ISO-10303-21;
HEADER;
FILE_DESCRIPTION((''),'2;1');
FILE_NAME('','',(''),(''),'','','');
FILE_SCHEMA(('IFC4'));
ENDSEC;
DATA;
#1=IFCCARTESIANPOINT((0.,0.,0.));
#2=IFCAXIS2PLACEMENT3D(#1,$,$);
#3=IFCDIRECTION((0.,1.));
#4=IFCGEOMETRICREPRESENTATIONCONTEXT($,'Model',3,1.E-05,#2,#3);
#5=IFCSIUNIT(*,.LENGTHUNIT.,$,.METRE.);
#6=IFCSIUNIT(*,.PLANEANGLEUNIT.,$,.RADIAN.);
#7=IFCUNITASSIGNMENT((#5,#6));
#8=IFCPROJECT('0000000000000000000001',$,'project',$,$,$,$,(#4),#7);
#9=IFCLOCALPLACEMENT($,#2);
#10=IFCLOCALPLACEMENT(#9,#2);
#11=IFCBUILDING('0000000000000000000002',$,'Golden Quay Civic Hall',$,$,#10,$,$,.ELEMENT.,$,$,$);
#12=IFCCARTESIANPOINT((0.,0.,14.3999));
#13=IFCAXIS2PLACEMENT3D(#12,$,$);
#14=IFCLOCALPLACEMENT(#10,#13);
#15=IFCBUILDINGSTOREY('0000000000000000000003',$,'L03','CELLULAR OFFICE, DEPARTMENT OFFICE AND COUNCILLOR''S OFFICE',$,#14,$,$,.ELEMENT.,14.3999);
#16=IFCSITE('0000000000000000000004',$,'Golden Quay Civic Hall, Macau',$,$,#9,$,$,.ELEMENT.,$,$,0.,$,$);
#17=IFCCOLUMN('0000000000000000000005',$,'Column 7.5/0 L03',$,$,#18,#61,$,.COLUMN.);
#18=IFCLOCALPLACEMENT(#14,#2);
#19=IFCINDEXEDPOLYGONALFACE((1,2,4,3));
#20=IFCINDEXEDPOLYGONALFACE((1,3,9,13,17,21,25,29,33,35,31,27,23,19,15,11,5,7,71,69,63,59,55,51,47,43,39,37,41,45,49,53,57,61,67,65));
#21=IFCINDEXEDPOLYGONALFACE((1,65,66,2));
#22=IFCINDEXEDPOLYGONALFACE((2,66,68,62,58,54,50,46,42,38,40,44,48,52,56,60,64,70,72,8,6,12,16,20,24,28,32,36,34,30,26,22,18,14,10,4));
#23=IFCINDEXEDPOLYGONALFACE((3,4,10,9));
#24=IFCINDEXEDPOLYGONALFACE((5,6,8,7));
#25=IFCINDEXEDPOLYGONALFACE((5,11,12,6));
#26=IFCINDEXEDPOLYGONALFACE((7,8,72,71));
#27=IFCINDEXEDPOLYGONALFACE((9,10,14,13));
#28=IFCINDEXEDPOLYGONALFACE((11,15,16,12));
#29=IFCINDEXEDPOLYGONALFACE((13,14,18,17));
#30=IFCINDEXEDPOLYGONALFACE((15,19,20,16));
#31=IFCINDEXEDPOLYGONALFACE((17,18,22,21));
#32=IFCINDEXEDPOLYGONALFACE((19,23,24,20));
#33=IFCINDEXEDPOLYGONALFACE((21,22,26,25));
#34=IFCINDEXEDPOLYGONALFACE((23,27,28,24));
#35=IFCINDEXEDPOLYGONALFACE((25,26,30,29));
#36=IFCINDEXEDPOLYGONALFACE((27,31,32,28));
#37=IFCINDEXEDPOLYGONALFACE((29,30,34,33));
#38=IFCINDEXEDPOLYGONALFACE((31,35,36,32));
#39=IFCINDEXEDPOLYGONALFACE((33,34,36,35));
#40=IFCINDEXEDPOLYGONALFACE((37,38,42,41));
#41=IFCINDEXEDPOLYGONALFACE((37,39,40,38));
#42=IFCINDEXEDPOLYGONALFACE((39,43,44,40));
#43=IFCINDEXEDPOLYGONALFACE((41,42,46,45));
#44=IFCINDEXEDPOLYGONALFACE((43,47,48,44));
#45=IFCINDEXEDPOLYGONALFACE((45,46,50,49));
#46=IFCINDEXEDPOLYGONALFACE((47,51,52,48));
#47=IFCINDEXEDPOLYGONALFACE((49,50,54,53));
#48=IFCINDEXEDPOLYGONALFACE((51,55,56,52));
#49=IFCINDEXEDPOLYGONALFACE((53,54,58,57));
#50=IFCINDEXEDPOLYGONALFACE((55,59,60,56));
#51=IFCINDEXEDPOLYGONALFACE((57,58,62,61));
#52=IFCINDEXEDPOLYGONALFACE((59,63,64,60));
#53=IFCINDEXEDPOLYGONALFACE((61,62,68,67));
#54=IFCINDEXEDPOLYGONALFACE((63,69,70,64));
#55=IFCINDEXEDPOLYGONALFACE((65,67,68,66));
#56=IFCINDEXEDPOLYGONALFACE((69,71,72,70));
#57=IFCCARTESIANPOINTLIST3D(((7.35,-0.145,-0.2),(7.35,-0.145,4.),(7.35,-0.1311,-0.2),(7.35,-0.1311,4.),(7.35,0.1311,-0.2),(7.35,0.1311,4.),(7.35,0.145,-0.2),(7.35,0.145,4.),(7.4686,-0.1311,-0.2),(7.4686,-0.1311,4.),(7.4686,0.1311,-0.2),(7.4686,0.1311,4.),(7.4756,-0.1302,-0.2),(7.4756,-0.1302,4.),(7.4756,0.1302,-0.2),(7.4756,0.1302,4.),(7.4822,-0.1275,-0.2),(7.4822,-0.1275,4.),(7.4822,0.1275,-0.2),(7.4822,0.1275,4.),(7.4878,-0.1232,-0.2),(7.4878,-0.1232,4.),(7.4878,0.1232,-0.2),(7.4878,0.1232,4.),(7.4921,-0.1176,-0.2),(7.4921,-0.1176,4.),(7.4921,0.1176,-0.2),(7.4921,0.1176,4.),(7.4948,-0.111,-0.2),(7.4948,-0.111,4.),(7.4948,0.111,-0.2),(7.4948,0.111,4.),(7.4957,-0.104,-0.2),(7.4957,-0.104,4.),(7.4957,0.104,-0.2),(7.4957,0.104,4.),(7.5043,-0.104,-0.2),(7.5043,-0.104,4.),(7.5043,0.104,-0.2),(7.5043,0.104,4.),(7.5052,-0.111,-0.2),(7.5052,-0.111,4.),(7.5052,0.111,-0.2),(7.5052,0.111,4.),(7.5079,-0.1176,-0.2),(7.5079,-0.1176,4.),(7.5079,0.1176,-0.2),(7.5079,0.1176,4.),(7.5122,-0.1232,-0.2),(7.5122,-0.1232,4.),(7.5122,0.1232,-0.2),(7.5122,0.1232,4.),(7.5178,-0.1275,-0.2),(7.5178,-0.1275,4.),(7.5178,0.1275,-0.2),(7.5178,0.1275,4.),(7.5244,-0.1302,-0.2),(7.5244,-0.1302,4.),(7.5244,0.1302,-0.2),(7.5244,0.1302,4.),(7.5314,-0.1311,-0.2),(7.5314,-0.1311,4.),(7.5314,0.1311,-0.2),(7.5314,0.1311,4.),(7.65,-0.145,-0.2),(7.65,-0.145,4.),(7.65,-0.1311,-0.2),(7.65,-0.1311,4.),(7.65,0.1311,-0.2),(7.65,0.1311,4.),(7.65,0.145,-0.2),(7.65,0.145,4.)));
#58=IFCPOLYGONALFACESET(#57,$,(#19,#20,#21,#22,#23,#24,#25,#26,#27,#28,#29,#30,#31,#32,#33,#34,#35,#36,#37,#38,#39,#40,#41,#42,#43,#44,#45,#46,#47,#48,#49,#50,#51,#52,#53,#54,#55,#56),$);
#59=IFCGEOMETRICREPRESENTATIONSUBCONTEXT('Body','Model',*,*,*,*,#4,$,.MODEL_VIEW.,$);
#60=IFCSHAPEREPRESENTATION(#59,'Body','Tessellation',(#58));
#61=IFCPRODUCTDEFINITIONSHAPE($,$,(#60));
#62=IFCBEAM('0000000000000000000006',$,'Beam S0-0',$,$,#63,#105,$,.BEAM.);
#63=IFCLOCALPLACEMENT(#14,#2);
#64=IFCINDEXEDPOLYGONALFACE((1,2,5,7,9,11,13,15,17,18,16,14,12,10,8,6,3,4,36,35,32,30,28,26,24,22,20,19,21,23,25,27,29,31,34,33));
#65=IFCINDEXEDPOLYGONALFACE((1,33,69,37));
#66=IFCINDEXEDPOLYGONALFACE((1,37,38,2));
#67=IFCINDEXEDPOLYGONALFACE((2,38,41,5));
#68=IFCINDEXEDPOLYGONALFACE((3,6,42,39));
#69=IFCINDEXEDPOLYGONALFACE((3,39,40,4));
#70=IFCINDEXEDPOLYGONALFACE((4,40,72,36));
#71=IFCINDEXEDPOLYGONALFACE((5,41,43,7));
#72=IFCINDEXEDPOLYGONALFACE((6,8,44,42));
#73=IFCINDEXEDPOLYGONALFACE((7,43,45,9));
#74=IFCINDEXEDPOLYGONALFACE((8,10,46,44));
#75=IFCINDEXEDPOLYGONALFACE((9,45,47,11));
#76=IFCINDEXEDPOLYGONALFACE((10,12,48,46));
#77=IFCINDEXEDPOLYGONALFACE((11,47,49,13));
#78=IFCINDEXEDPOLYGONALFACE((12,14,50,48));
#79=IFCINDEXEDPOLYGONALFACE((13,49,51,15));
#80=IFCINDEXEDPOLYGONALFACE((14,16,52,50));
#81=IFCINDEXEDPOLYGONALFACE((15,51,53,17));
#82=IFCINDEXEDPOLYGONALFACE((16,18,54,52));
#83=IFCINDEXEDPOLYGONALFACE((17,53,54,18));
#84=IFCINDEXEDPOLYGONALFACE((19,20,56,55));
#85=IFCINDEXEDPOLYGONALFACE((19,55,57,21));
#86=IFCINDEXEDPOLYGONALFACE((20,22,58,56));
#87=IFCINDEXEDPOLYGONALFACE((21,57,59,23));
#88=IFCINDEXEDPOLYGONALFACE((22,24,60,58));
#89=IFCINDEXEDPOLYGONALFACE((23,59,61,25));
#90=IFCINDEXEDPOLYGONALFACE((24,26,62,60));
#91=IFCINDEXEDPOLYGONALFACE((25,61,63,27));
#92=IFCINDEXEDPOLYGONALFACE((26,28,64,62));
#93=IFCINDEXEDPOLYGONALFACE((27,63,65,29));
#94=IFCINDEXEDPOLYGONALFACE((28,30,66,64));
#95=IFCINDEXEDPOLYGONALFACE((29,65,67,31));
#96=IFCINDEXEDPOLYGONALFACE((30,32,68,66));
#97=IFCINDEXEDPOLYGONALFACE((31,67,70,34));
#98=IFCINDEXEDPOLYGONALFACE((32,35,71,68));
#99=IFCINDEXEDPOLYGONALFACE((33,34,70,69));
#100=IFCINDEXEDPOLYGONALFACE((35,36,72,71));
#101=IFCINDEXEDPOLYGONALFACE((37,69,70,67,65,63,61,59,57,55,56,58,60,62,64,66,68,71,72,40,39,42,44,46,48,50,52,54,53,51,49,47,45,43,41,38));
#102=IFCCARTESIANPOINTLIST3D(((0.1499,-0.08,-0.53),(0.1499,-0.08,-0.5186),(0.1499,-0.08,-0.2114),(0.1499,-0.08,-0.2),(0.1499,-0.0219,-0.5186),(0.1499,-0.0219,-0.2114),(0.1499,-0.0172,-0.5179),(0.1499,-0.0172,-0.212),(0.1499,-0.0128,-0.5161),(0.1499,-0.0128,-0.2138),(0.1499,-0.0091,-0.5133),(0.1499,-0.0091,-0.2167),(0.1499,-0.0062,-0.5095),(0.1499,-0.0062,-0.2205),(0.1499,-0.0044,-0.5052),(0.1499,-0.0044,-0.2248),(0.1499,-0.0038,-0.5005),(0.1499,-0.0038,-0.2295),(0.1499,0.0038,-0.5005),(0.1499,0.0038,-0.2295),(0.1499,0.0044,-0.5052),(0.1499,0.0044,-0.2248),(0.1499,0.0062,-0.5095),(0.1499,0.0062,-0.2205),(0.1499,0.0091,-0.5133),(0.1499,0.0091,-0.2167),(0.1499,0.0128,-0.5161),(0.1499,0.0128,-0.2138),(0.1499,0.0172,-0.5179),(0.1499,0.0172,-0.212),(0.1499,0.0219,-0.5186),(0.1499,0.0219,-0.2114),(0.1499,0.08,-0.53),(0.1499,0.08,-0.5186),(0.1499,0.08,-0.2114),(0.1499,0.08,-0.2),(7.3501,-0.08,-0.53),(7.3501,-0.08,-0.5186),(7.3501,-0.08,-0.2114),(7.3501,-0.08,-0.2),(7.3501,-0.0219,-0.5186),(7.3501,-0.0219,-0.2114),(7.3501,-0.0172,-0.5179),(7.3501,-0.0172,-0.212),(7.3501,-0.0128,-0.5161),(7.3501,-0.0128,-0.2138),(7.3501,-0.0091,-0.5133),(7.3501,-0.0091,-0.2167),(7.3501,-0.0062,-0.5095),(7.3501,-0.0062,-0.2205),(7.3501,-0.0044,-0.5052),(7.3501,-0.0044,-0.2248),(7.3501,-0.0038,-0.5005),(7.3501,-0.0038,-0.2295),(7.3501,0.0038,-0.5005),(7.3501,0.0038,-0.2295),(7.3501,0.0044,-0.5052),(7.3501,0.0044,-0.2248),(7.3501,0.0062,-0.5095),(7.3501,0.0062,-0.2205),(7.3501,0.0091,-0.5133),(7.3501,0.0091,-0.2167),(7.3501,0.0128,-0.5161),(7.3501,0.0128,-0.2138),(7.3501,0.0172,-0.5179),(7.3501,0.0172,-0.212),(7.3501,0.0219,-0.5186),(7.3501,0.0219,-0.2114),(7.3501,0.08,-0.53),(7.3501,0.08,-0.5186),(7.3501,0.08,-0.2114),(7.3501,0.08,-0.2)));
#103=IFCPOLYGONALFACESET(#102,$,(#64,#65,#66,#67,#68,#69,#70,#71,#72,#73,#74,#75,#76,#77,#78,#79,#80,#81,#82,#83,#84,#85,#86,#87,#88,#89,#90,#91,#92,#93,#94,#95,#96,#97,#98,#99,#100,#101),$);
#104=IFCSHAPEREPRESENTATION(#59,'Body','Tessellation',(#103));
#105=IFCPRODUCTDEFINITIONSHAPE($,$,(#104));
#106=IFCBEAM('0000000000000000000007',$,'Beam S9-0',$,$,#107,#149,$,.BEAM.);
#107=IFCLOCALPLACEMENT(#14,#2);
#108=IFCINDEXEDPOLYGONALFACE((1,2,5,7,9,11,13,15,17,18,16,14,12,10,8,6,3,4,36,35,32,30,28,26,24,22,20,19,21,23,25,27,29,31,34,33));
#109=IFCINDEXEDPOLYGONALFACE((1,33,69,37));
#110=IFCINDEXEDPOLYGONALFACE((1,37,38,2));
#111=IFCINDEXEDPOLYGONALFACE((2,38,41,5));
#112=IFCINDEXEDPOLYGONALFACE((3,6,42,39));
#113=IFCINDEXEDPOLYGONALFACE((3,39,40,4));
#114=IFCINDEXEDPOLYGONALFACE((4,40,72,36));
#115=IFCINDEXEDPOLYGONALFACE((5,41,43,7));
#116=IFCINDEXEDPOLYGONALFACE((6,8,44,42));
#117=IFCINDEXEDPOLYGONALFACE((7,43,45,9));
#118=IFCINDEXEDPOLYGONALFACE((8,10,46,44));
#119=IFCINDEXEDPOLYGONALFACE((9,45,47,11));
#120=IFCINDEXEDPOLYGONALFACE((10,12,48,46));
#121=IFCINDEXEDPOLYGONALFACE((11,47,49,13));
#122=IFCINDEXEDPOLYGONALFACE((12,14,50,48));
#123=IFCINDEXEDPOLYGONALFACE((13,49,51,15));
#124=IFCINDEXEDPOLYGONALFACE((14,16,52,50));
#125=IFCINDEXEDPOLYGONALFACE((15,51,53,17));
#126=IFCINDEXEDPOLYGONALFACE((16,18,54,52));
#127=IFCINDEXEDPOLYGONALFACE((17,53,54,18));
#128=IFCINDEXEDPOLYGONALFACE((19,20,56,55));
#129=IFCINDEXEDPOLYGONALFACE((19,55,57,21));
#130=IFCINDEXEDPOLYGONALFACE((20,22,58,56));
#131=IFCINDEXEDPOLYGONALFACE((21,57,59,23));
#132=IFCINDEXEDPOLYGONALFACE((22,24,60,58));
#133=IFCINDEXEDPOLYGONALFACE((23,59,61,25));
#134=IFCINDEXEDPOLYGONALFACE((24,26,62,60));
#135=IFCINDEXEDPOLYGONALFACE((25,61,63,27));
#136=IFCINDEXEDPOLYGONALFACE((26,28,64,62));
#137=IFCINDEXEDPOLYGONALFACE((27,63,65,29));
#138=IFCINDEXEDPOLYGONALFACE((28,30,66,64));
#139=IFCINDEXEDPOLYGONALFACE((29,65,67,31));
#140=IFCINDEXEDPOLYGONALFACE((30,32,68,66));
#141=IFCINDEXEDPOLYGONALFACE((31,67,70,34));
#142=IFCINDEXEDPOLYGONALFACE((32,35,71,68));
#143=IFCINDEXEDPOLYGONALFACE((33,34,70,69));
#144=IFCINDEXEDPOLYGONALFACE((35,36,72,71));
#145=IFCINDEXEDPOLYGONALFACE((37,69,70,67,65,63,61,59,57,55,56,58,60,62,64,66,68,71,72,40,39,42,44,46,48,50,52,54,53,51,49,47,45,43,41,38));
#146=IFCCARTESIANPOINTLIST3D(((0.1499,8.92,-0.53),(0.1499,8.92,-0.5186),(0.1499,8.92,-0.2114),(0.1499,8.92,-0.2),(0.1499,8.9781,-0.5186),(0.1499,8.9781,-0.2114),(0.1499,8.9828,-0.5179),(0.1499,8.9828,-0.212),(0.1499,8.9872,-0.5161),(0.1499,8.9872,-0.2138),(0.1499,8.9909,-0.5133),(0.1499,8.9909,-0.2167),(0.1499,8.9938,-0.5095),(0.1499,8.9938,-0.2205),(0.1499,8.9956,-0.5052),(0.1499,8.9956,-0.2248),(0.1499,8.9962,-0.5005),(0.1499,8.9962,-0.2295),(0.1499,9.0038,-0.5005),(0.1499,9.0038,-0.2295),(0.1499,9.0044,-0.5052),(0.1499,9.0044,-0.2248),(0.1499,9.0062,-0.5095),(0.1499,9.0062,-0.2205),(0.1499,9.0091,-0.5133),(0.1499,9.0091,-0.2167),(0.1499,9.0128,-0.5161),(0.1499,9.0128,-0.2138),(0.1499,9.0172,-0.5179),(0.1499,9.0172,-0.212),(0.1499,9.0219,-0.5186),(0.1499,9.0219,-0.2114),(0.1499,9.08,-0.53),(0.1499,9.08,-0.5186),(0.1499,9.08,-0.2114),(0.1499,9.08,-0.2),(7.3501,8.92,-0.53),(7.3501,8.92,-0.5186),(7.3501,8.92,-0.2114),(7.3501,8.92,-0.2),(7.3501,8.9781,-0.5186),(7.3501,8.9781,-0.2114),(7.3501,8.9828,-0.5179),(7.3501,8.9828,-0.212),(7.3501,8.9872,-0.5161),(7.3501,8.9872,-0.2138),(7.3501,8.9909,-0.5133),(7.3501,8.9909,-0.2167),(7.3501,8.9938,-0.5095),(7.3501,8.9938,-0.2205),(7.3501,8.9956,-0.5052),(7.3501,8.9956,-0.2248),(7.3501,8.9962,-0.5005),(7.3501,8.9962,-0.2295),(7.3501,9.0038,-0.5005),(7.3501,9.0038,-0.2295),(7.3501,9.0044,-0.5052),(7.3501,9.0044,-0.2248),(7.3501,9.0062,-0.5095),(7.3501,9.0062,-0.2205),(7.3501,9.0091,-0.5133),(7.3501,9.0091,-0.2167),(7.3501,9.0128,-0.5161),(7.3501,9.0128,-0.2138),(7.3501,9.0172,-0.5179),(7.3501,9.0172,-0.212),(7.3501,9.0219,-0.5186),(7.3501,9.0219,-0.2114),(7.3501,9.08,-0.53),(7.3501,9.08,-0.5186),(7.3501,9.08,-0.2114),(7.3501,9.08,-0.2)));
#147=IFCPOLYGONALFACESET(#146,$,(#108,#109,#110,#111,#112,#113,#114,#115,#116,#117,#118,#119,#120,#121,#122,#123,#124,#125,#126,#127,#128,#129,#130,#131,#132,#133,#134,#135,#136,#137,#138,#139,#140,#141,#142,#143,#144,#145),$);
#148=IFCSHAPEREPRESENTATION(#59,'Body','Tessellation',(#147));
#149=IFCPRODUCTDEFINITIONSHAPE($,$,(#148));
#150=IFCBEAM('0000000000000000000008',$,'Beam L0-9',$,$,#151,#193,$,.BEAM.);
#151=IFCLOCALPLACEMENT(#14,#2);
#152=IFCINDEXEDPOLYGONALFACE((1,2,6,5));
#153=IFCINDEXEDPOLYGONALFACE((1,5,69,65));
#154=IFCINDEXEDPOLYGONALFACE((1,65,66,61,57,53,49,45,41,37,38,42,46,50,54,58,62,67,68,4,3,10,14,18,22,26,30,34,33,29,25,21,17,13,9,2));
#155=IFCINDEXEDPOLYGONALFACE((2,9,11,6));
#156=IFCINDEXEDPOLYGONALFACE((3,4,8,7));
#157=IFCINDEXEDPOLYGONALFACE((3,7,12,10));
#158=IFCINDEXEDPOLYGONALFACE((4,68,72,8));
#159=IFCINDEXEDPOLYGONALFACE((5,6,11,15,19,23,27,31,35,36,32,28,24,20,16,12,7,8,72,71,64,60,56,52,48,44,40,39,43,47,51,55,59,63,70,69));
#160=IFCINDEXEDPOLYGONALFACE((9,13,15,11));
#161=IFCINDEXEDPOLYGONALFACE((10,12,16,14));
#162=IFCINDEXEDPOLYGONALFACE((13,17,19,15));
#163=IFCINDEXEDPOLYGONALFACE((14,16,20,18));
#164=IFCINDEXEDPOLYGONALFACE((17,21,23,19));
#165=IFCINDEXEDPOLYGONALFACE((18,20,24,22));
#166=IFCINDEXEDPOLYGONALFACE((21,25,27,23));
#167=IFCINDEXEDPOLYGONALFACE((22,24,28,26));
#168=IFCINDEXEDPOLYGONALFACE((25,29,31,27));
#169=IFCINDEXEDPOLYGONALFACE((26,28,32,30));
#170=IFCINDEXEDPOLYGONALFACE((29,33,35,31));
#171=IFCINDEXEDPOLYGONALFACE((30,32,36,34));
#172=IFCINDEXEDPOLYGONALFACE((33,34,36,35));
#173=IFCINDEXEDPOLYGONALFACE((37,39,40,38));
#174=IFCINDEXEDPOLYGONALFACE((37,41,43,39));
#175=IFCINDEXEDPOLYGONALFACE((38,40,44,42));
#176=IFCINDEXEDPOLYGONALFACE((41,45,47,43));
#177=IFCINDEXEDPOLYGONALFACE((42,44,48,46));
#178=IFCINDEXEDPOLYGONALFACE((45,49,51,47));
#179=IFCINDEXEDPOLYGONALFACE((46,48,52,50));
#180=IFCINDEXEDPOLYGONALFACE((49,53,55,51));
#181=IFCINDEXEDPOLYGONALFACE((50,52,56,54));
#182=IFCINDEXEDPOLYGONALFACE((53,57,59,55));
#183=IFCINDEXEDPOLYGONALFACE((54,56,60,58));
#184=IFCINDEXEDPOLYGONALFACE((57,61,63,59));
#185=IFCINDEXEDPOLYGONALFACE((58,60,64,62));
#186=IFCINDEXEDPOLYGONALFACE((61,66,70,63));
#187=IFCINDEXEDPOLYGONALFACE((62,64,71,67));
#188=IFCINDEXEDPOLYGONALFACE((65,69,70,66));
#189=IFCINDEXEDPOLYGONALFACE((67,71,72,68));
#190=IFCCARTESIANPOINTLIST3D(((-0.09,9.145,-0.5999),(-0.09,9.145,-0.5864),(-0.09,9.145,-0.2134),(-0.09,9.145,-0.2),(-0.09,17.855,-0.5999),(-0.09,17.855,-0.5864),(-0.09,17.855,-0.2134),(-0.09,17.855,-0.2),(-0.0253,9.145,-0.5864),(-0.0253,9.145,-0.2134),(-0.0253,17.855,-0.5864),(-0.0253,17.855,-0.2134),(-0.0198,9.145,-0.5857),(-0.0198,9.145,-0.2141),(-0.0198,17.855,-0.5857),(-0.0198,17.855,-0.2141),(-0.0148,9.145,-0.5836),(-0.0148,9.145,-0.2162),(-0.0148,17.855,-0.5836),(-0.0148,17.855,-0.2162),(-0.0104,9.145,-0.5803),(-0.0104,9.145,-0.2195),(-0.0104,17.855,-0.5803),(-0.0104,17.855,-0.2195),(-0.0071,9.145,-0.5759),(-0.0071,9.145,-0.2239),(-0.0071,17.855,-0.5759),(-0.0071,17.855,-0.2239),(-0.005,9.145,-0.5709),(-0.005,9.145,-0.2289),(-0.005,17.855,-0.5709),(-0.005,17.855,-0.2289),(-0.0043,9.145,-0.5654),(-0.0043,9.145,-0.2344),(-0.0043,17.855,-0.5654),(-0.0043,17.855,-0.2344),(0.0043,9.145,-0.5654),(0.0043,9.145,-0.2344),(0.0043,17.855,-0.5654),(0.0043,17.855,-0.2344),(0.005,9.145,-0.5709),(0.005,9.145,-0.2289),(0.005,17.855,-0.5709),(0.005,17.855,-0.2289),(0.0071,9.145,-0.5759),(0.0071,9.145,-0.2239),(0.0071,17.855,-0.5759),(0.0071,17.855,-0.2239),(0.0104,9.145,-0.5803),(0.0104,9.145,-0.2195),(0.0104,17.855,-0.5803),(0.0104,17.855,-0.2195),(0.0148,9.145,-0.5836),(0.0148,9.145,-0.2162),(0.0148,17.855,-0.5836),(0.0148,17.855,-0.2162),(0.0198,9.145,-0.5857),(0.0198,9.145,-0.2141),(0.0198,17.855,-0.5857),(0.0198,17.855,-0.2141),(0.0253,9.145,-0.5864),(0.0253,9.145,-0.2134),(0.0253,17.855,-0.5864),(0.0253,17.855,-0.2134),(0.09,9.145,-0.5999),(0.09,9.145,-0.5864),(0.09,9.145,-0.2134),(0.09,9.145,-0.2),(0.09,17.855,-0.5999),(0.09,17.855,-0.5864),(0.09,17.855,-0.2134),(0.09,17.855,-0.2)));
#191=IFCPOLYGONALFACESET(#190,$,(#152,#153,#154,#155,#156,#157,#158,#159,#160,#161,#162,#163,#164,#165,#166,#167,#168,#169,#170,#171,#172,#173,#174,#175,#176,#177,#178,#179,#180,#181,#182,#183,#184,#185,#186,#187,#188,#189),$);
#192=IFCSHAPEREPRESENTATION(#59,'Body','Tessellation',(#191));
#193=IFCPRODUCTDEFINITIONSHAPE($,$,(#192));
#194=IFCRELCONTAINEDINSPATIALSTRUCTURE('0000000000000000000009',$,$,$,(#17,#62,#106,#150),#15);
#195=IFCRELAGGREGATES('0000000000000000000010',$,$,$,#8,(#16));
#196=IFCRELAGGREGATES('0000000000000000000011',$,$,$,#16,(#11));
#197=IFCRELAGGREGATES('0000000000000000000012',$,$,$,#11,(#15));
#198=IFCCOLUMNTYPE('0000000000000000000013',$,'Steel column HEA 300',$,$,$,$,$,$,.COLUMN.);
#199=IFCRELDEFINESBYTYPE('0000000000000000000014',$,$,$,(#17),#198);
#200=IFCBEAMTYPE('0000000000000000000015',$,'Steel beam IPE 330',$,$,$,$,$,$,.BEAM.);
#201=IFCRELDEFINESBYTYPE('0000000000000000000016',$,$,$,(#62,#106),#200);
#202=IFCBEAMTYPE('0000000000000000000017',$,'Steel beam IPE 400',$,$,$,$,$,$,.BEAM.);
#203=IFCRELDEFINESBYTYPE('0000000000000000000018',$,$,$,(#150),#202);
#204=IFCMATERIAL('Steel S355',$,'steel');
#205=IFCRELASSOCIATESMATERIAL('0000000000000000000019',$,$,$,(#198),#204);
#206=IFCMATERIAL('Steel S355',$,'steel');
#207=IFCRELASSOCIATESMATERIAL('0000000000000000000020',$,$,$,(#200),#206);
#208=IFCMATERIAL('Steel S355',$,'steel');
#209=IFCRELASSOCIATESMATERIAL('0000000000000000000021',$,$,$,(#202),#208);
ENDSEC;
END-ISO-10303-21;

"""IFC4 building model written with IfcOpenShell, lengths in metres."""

from ifc_helpers import new_model, si_unit, direction, frame, origin, origin_2d, place, context, subcontext, project, spatial, i_section, extrude, material, material_profile, profile_set, type_object, element, save


model = new_model("IFC4")

# Units and contexts
model_context = context("Model", 3, precision=1e-05, world=origin(), true_north=direction((0.0, 1.0)))
body_context = subcontext(model_context, "Body", "Model", "MODEL_VIEW")
ifc_project = project(units=[si_unit("LENGTHUNIT", "METRE"), si_unit("PLANEANGLEUNIT", "RADIAN")], contexts=[model_context])

# Site, building, storey
site_placement = place(None, origin())
site = spatial("IfcSite", under=ifc_project, at=site_placement, Name="Golden Quay Civic Hall, Macau", CompositionType="ELEMENT", RefElevation=0.0)
building_placement = place(site_placement, origin())
building = spatial("IfcBuilding", under=site, at=building_placement, Name="Golden Quay Civic Hall", CompositionType="ELEMENT")
storey_placement = place(building_placement, frame((0.0, 0.0, 14.3999)))
storey = spatial("IfcBuildingStorey", under=building, at=storey_placement, Name="L03", Description="CELLULAR OFFICE, DEPARTMENT OFFICE AND COUNCILLOR'S OFFICE", CompositionType="ELEMENT", Elevation=14.3999)

# Column
ifc_material_1 = material(Name="Steel S355", Category="steel")
ifc_material_profile_1 = material_profile(ifc_material_1, i_section(OverallWidth=0.3, OverallDepth=0.29, WebThickness=0.0085, FlangeThickness=0.0139, FilletRadius=0.0271, at=origin_2d()), Name="HEA 300")
ifc_profile_set_1 = profile_set([ifc_material_profile_1], Name="Steel S355")
column_type = type_object("IfcColumnType", Name="Steel column HEA 300", PredefinedType="COLUMN", material=ifc_profile_set_1)
column_placement = place(storey_placement, frame((7.5, 0.0, -0.2), z_axis=(0.0, 0.0, 1.0), x_axis=(1.0, 0.0, 0.0)))
element("IfcColumn", 1, at=column_placement, inside=storey, type_object=column_type, Name="Column 7.5/0 L03", PredefinedType="COLUMN", context=body_context, shape_type="SweptSolid", body=[
    extrude(i_section(OverallWidth=0.3, OverallDepth=0.29, WebThickness=0.0085, FlangeThickness=0.0139, FilletRadius=0.0271, at=origin_2d()), origin(), (0.0, 0.0, 1.0), 4.2),
])

# Beams
ifc_material_2 = material(Name="Steel S355", Category="steel")
ifc_material_profile_2 = material_profile(ifc_material_2, i_section(OverallWidth=0.1599, OverallDepth=0.3301, WebThickness=0.0076, FlangeThickness=0.0115, FilletRadius=0.0181, at=origin_2d()), Name="IPE 330")
ifc_profile_set_2 = profile_set([ifc_material_profile_2], Name="Steel S355")
beam_type_1 = type_object("IfcBeamType", Name="Steel beam IPE 330", PredefinedType="BEAM", material=ifc_profile_set_2)
for number, where, z_axis, x_axis, name in (
    (2, (0.1499, 0.0, -0.365), (1.0, 0.0, 0.0), (0.0, 1.0, 0.0), "Beam S0-0"),
    (3, (0.1499, 9.0, -0.365), (1.0, 0.0, 0.0), (0.0, 1.0, 0.0), "Beam S9-0"),
):
    element("IfcBeam", number, at=place(storey_placement, frame(where, z_axis=z_axis, x_axis=x_axis)), inside=storey, type_object=beam_type_1, Name=name, PredefinedType="BEAM", context=body_context, shape_type="SweptSolid", body=[
        extrude(i_section(OverallWidth=0.1599, OverallDepth=0.3301, WebThickness=0.0076, FlangeThickness=0.0115, FilletRadius=0.0181, at=origin_2d()), origin(), (0.0, 0.0, 1.0), 7.2002),
    ])
ifc_material_3 = material(Name="Steel S355", Category="steel")
ifc_material_profile_3 = material_profile(ifc_material_3, i_section(OverallWidth=0.1799, OverallDepth=0.3999, WebThickness=0.0085, FlangeThickness=0.0134, FilletRadius=0.021, at=origin_2d()), Name="IPE 400")
ifc_profile_set_3 = profile_set([ifc_material_profile_3], Name="Steel S355")
beam_type_2 = type_object("IfcBeamType", Name="Steel beam IPE 400", PredefinedType="BEAM", material=ifc_profile_set_3)
beam_1_placement = place(storey_placement, frame((0.0, 9.145, -0.3999), z_axis=(0.0, 1.0, 0.0), x_axis=(-1.0, 0.0, 0.0)))
element("IfcBeam", 4, at=beam_1_placement, inside=storey, type_object=beam_type_2, Name="Beam L0-9", PredefinedType="BEAM", context=body_context, shape_type="SweptSolid", body=[
    extrude(i_section(OverallWidth=0.1799, OverallDepth=0.3999, WebThickness=0.0085, FlangeThickness=0.0134, FilletRadius=0.021, at=origin_2d()), origin(), (0.0, 0.0, 1.0), 8.71),
])

save(model, "model.ifc")
